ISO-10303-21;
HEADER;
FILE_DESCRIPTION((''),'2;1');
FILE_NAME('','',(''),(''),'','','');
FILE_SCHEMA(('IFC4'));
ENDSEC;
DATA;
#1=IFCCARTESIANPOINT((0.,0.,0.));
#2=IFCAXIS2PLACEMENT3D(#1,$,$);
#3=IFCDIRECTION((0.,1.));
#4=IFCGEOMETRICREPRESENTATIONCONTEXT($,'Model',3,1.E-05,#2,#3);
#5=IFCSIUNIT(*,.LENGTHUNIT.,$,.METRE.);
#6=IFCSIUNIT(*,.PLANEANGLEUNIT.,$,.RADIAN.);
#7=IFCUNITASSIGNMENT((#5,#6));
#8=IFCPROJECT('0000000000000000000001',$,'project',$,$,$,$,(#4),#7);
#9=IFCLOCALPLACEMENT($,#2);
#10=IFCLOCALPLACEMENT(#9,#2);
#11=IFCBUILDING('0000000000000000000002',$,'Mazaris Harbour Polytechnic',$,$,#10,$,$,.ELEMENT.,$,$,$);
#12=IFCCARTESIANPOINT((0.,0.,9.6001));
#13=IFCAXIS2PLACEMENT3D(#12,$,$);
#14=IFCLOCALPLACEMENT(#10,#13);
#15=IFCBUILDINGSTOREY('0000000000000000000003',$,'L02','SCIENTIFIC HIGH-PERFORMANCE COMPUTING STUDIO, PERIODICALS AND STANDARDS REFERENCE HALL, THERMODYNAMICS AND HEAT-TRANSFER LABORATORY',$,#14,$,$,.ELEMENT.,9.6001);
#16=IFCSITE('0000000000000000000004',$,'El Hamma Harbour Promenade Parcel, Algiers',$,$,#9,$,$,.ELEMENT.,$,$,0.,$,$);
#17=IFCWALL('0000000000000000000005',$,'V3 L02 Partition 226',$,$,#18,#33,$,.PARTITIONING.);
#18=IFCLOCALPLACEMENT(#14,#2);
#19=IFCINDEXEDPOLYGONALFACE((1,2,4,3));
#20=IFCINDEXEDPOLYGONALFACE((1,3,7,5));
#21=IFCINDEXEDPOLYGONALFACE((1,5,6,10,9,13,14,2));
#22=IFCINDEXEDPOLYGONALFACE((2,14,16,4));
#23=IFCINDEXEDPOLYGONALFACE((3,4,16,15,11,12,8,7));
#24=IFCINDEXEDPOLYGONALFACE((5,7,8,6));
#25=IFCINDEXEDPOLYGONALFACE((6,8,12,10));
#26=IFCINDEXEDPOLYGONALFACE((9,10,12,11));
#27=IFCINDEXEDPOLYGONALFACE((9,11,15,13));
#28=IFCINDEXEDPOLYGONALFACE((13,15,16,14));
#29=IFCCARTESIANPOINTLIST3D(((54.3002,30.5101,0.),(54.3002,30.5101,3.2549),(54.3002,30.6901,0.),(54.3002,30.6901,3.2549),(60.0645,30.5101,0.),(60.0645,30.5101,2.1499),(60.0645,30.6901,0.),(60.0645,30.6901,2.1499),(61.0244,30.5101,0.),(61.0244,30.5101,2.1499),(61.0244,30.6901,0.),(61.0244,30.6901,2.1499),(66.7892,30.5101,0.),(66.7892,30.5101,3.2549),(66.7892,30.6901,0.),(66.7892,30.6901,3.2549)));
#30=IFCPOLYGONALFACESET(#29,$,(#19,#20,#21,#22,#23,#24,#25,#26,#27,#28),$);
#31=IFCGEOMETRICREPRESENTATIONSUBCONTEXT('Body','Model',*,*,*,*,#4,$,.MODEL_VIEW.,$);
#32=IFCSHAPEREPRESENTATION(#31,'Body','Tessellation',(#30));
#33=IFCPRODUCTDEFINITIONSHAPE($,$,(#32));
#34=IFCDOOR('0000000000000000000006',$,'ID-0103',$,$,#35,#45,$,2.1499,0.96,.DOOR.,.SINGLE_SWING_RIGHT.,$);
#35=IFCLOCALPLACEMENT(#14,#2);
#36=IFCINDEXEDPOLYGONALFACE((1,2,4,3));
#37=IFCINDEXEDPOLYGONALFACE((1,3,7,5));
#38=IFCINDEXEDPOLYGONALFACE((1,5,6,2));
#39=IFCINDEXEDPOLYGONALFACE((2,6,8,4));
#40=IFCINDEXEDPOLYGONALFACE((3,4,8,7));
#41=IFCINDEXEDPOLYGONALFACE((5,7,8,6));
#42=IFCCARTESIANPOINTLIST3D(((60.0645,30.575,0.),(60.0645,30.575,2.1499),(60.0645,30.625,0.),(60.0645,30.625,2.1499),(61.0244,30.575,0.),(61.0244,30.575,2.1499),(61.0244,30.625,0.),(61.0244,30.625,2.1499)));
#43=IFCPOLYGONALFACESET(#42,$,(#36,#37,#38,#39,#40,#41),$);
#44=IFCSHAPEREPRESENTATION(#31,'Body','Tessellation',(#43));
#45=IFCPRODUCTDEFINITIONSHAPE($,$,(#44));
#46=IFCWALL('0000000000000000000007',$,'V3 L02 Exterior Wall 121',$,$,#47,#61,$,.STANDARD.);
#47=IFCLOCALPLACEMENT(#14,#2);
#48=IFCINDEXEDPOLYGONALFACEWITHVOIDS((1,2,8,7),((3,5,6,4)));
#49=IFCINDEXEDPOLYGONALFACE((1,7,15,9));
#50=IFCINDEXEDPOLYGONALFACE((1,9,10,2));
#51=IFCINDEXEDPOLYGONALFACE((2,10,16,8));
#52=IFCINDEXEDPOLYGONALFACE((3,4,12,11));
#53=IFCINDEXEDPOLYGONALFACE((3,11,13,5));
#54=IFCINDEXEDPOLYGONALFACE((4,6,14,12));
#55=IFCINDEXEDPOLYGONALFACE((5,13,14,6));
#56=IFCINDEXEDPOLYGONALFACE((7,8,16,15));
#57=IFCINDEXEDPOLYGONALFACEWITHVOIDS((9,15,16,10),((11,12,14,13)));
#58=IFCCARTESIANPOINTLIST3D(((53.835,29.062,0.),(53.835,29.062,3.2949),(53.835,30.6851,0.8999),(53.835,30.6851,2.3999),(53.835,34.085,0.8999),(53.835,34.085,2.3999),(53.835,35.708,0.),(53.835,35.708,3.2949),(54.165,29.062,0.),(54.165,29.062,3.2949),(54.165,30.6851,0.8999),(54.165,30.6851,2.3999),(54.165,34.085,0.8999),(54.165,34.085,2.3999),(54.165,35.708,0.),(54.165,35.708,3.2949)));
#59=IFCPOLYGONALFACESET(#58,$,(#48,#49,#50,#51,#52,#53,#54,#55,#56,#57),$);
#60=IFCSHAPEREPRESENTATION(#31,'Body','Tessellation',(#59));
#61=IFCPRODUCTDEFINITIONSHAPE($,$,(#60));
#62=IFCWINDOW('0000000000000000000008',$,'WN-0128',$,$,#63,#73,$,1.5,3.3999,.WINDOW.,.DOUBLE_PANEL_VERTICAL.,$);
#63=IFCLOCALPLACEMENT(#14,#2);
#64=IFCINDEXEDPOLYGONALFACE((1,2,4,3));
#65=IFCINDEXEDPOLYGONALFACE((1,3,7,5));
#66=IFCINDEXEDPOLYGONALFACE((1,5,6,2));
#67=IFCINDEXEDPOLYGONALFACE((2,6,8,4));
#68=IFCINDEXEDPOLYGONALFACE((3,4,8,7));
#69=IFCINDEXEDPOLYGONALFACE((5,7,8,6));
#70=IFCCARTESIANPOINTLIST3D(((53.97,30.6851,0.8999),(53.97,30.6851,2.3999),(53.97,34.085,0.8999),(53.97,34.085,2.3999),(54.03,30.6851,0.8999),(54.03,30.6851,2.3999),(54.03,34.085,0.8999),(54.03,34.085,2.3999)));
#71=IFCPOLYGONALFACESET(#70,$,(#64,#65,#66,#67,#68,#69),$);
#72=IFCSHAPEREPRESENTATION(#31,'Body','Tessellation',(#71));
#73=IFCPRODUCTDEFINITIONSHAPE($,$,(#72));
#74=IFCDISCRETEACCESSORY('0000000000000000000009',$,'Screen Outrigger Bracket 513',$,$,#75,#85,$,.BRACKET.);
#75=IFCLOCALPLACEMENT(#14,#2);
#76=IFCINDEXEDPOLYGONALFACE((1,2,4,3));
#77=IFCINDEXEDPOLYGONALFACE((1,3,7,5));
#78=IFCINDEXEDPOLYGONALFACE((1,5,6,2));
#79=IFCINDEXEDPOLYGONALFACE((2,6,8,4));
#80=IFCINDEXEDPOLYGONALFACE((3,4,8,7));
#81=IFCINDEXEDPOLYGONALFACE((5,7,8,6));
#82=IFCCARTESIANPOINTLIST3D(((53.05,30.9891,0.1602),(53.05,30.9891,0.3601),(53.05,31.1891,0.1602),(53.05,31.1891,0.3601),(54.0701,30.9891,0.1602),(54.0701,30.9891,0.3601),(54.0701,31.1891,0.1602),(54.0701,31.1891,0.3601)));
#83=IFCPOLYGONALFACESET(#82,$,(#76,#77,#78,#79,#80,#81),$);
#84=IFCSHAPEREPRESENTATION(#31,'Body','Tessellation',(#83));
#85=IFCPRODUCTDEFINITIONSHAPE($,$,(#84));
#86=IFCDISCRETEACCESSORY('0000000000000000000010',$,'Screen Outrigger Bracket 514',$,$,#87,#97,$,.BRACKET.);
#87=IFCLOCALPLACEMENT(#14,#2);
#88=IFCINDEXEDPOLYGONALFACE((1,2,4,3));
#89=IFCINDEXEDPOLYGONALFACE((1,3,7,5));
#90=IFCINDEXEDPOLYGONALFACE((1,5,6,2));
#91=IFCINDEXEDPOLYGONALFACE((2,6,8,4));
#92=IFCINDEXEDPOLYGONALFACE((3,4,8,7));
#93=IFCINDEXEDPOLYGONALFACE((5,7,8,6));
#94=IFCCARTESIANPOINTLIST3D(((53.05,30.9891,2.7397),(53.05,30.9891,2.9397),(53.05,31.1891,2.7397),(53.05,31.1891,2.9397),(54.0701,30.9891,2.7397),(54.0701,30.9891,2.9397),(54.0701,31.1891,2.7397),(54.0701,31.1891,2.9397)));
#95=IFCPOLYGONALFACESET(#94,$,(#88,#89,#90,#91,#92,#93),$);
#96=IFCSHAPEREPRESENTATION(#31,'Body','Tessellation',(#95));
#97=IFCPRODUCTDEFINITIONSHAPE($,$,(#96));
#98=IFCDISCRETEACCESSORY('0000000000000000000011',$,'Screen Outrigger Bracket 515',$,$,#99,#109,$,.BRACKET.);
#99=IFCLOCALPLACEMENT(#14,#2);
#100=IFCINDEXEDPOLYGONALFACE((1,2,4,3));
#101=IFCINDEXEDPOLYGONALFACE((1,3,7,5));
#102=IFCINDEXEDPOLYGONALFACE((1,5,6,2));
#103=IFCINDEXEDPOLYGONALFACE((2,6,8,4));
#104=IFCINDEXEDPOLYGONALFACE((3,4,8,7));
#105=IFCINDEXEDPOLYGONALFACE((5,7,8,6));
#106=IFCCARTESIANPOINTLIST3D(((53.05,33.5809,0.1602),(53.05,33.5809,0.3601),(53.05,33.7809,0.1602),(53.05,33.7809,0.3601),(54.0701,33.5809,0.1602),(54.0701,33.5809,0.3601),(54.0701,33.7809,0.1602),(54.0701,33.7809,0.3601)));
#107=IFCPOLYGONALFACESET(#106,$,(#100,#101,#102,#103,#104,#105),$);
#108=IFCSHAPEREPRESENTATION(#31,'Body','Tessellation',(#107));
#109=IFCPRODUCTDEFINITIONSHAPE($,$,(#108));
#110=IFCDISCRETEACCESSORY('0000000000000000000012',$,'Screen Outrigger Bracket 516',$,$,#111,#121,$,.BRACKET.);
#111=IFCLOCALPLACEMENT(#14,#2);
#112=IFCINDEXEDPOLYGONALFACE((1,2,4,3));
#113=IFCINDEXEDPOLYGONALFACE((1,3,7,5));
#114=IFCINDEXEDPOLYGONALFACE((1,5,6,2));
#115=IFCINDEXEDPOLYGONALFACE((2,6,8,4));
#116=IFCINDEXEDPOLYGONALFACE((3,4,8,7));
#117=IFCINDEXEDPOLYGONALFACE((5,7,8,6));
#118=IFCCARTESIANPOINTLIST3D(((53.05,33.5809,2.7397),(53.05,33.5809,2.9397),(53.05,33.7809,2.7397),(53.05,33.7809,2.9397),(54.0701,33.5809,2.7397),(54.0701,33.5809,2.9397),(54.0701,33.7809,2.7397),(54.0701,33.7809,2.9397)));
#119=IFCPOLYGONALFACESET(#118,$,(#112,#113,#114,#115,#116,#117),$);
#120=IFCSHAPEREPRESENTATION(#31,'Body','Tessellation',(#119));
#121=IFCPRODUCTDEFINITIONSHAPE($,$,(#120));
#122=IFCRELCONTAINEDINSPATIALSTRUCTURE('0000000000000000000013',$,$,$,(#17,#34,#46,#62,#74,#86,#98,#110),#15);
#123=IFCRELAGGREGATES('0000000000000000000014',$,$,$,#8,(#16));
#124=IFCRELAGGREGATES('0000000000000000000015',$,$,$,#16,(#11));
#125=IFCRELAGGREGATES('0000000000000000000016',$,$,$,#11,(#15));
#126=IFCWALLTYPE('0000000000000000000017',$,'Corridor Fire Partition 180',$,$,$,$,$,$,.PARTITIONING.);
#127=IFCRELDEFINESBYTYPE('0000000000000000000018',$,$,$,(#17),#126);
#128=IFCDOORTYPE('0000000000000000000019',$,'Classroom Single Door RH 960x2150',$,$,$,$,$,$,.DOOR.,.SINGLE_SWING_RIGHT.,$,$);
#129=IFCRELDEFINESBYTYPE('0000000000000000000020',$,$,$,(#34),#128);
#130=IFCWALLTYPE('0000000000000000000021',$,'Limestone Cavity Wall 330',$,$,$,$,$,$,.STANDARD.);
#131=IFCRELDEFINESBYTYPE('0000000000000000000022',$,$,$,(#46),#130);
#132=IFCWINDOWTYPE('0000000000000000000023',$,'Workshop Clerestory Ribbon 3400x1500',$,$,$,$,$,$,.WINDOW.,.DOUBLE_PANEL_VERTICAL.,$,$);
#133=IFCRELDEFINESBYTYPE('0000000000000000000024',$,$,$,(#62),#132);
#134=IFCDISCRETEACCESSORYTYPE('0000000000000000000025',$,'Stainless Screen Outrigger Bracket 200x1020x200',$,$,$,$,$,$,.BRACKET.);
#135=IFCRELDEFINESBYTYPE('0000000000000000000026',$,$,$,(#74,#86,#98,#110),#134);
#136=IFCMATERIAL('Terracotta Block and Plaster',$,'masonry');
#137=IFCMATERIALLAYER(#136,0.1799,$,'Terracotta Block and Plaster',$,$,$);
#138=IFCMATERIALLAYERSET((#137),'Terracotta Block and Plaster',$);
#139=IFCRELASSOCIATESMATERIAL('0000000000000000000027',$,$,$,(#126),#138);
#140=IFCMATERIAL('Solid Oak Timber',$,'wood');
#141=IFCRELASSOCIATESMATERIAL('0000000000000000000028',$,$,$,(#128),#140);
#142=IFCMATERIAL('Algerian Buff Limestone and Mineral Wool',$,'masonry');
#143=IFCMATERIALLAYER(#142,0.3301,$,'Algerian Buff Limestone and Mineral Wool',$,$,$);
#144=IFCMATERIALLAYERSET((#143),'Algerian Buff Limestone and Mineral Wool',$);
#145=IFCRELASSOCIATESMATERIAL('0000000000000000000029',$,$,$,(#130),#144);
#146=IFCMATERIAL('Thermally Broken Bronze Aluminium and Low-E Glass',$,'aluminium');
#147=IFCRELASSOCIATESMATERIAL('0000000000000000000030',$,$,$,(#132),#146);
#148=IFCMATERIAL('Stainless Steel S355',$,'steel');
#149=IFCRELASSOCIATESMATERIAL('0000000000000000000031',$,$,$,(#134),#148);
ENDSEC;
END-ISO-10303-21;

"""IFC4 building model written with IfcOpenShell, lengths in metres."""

from ifc_helpers import new_model, si_unit, direction, frame, frame_2d, origin, origin_2d, place, context, subcontext, project, spatial, rectangle, extrude, material, layer, layer_set, type_object, element, fill, save


model = new_model("IFC4")

# Units and contexts
model_context = context("Model", 3, precision=1e-05, world=origin(), true_north=direction((0.0, 1.0)))
body_context = subcontext(model_context, "Body", "Model", "MODEL_VIEW")
ifc_project = project(units=[si_unit("LENGTHUNIT", "METRE"), si_unit("PLANEANGLEUNIT", "RADIAN")], contexts=[model_context])

# Site, building, storey
site_placement = place(None, origin())
site = spatial("IfcSite", under=ifc_project, at=site_placement, Name="El Hamma Harbour Promenade Parcel, Algiers", CompositionType="ELEMENT", RefElevation=0.0)
building_placement = place(site_placement, origin())
building = spatial("IfcBuilding", under=site, at=building_placement, Name="Mazaris Harbour Polytechnic", CompositionType="ELEMENT")
storey_placement = place(building_placement, frame((0.0, 0.0, 9.6001)))
storey = spatial("IfcBuildingStorey", under=building, at=storey_placement, Name="L02", Description="SCIENTIFIC HIGH-PERFORMANCE COMPUTING STUDIO, PERIODICALS AND STANDARDS REFERENCE HALL, THERMODYNAMICS AND HEAT-TRANSFER LABORATORY", CompositionType="ELEMENT", Elevation=9.6001)

# Wall, opening, door
ifc_material_1 = material(Name="Terracotta Block and Plaster", Category="masonry")
ifc_layer_1 = layer(ifc_material_1, 0.1799, Name="Terracotta Block and Plaster")
ifc_layer_set_1 = layer_set([ifc_layer_1], Name="Terracotta Block and Plaster")
wall_type_1 = type_object("IfcWallType", Name="Corridor Fire Partition 180", PredefinedType="PARTITIONING", material=ifc_layer_set_1)
wall_1_placement = place(storey_placement, frame((54.3, 30.6001, 0.0), z_axis=(0.0, 0.0, 1.0), x_axis=(1.0, 0.0, 0.0)))
wall_1 = element("IfcWall", 1, at=wall_1_placement, inside=storey, type_object=wall_type_1, Name="V3 L02 Partition 226", PredefinedType="PARTITIONING", context=body_context, shape_type="SweptSolid", body=[
    extrude(rectangle(XDim=12.489, YDim=0.1799, at=frame_2d((6.2446, 0.0))), origin(), (0.0, 0.0, 1.0), 3.2549),
])
opening_1_placement = place(wall_1_placement, frame((5.7644, 0.0, 0.0)))
opening_1 = element("IfcOpeningElement", 2, at=opening_1_placement, cuts=wall_1, PredefinedType="OPENING", context=body_context, shape_type="SweptSolid", body=[
    extrude(rectangle(XDim=0.96, YDim=2.1499, at=frame_2d((0.48, 1.075))), frame((0.0, 0.0999, 0.0), z_axis=(0.0, -1.0, 0.0), x_axis=(1.0, 0.0, 0.0)), (0.0, 0.0, 1.0), 0.2),
])
ifc_material_2 = material(Name="Solid Oak Timber", Category="wood")
door_type = type_object("IfcDoorType", Name="Classroom Single Door RH 960x2150", OperationType="SINGLE_SWING_RIGHT", PredefinedType="DOOR", material=ifc_material_2)
door_placement = place(opening_1_placement, origin())
door = element("IfcDoor", 3, at=door_placement, inside=storey, type_object=door_type, Name="ID-0103", OperationType="SINGLE_SWING_RIGHT", OverallHeight=2.1499, OverallWidth=0.96, PredefinedType="DOOR", context=body_context, shape_type="SweptSolid", body=[
    extrude(rectangle(XDim=0.96, YDim=2.1499, at=frame_2d((0.48, 1.075))), frame((0.0, 0.0249, 0.0), z_axis=(0.0, -1.0, 0.0), x_axis=(1.0, 0.0, 0.0)), (0.0, 0.0, 1.0), 0.05),
])
fill(opening_1, door)

# Wall, opening, window
ifc_material_3 = material(Name="Algerian Buff Limestone and Mineral Wool", Category="masonry")
ifc_layer_2 = layer(ifc_material_3, 0.3301, Name="Algerian Buff Limestone and Mineral Wool")
ifc_layer_set_2 = layer_set([ifc_layer_2], Name="Algerian Buff Limestone and Mineral Wool")
wall_type_2 = type_object("IfcWallType", Name="Limestone Cavity Wall 330", PredefinedType="STANDARD", material=ifc_layer_set_2)
wall_2_placement = place(storey_placement, frame((54.0, 29.062, 0.0), z_axis=(0.0, 0.0, 1.0), x_axis=(0.0, 1.0, 0.0)))
wall_2 = element("IfcWall", 4, at=wall_2_placement, inside=storey, type_object=wall_type_2, Name="V3 L02 Exterior Wall 121", PredefinedType="STANDARD", context=body_context, shape_type="SweptSolid", body=[
    extrude(rectangle(XDim=6.646, YDim=0.3301, at=frame_2d((3.323, 0.0))), origin(), (0.0, 0.0, 1.0), 3.2949),
])
opening_2_placement = place(wall_2_placement, frame((1.623, 0.0, 0.8999)))
opening_2 = element("IfcOpeningElement", 5, at=opening_2_placement, cuts=wall_2, PredefinedType="OPENING", context=body_context, shape_type="SweptSolid", body=[
    extrude(rectangle(XDim=3.3999, YDim=1.5, at=frame_2d((1.7, 0.75))), frame((0.0, 0.175, 0.0), z_axis=(0.0, -1.0, 0.0), x_axis=(1.0, 0.0, 0.0)), (0.0, 0.0, 1.0), 0.3501),
])
ifc_material_4 = material(Name="Thermally Broken Bronze Aluminium and Low-E Glass", Category="aluminium")
window_type = type_object("IfcWindowType", Name="Workshop Clerestory Ribbon 3400x1500", PartitioningType="DOUBLE_PANEL_VERTICAL", PredefinedType="WINDOW", material=ifc_material_4)
window_placement = place(opening_2_placement, origin())
window = element("IfcWindow", 6, at=window_placement, inside=storey, type_object=window_type, Name="WN-0128", OverallHeight=1.5, OverallWidth=3.3999, PartitioningType="DOUBLE_PANEL_VERTICAL", PredefinedType="WINDOW", context=body_context, shape_type="SweptSolid", body=[
    extrude(rectangle(XDim=3.3999, YDim=1.5, at=frame_2d((1.7, 0.75))), frame((0.0, 0.03, 0.0), z_axis=(0.0, -1.0, 0.0), x_axis=(1.0, 0.0, 0.0)), (0.0, 0.0, 1.0), 0.0601),
])
fill(opening_2, window)

# Discrete accessories
ifc_material_5 = material(Name="Stainless Steel S355", Category="steel")
discrete_accessory_type = type_object("IfcDiscreteAccessoryType", Name="Stainless Screen Outrigger Bracket 200x1020x200", PredefinedType="BRACKET", material=ifc_material_5)
for number, where, z_axis, x_axis, name in (
    (7, (53.5601, 31.0891, 0.1602), (0.0, 0.0, 1.0), (0.0, 1.0, 0.0), "Screen Outrigger Bracket 513"),
    (8, (53.5601, 31.0891, 2.7397), (0.0, 0.0, 1.0), (0.0, 1.0, 0.0), "Screen Outrigger Bracket 514"),
    (9, (53.5601, 33.6809, 0.1602), (0.0, 0.0, 1.0), (0.0, 1.0, 0.0), "Screen Outrigger Bracket 515"),
    (10, (53.5601, 33.6809, 2.7397), (0.0, 0.0, 1.0), (0.0, 1.0, 0.0), "Screen Outrigger Bracket 516"),
):
    element("IfcDiscreteAccessory", number, at=place(storey_placement, frame(where, z_axis=z_axis, x_axis=x_axis)), inside=storey, type_object=discrete_accessory_type, Name=name, PredefinedType="BRACKET", context=body_context, shape_type="SweptSolid", body=[
        extrude(rectangle(XDim=0.2, YDim=1.02, at=origin_2d()), origin(), (0.0, 0.0, 1.0), 0.2),
    ])

save(model, "model.ifc")
